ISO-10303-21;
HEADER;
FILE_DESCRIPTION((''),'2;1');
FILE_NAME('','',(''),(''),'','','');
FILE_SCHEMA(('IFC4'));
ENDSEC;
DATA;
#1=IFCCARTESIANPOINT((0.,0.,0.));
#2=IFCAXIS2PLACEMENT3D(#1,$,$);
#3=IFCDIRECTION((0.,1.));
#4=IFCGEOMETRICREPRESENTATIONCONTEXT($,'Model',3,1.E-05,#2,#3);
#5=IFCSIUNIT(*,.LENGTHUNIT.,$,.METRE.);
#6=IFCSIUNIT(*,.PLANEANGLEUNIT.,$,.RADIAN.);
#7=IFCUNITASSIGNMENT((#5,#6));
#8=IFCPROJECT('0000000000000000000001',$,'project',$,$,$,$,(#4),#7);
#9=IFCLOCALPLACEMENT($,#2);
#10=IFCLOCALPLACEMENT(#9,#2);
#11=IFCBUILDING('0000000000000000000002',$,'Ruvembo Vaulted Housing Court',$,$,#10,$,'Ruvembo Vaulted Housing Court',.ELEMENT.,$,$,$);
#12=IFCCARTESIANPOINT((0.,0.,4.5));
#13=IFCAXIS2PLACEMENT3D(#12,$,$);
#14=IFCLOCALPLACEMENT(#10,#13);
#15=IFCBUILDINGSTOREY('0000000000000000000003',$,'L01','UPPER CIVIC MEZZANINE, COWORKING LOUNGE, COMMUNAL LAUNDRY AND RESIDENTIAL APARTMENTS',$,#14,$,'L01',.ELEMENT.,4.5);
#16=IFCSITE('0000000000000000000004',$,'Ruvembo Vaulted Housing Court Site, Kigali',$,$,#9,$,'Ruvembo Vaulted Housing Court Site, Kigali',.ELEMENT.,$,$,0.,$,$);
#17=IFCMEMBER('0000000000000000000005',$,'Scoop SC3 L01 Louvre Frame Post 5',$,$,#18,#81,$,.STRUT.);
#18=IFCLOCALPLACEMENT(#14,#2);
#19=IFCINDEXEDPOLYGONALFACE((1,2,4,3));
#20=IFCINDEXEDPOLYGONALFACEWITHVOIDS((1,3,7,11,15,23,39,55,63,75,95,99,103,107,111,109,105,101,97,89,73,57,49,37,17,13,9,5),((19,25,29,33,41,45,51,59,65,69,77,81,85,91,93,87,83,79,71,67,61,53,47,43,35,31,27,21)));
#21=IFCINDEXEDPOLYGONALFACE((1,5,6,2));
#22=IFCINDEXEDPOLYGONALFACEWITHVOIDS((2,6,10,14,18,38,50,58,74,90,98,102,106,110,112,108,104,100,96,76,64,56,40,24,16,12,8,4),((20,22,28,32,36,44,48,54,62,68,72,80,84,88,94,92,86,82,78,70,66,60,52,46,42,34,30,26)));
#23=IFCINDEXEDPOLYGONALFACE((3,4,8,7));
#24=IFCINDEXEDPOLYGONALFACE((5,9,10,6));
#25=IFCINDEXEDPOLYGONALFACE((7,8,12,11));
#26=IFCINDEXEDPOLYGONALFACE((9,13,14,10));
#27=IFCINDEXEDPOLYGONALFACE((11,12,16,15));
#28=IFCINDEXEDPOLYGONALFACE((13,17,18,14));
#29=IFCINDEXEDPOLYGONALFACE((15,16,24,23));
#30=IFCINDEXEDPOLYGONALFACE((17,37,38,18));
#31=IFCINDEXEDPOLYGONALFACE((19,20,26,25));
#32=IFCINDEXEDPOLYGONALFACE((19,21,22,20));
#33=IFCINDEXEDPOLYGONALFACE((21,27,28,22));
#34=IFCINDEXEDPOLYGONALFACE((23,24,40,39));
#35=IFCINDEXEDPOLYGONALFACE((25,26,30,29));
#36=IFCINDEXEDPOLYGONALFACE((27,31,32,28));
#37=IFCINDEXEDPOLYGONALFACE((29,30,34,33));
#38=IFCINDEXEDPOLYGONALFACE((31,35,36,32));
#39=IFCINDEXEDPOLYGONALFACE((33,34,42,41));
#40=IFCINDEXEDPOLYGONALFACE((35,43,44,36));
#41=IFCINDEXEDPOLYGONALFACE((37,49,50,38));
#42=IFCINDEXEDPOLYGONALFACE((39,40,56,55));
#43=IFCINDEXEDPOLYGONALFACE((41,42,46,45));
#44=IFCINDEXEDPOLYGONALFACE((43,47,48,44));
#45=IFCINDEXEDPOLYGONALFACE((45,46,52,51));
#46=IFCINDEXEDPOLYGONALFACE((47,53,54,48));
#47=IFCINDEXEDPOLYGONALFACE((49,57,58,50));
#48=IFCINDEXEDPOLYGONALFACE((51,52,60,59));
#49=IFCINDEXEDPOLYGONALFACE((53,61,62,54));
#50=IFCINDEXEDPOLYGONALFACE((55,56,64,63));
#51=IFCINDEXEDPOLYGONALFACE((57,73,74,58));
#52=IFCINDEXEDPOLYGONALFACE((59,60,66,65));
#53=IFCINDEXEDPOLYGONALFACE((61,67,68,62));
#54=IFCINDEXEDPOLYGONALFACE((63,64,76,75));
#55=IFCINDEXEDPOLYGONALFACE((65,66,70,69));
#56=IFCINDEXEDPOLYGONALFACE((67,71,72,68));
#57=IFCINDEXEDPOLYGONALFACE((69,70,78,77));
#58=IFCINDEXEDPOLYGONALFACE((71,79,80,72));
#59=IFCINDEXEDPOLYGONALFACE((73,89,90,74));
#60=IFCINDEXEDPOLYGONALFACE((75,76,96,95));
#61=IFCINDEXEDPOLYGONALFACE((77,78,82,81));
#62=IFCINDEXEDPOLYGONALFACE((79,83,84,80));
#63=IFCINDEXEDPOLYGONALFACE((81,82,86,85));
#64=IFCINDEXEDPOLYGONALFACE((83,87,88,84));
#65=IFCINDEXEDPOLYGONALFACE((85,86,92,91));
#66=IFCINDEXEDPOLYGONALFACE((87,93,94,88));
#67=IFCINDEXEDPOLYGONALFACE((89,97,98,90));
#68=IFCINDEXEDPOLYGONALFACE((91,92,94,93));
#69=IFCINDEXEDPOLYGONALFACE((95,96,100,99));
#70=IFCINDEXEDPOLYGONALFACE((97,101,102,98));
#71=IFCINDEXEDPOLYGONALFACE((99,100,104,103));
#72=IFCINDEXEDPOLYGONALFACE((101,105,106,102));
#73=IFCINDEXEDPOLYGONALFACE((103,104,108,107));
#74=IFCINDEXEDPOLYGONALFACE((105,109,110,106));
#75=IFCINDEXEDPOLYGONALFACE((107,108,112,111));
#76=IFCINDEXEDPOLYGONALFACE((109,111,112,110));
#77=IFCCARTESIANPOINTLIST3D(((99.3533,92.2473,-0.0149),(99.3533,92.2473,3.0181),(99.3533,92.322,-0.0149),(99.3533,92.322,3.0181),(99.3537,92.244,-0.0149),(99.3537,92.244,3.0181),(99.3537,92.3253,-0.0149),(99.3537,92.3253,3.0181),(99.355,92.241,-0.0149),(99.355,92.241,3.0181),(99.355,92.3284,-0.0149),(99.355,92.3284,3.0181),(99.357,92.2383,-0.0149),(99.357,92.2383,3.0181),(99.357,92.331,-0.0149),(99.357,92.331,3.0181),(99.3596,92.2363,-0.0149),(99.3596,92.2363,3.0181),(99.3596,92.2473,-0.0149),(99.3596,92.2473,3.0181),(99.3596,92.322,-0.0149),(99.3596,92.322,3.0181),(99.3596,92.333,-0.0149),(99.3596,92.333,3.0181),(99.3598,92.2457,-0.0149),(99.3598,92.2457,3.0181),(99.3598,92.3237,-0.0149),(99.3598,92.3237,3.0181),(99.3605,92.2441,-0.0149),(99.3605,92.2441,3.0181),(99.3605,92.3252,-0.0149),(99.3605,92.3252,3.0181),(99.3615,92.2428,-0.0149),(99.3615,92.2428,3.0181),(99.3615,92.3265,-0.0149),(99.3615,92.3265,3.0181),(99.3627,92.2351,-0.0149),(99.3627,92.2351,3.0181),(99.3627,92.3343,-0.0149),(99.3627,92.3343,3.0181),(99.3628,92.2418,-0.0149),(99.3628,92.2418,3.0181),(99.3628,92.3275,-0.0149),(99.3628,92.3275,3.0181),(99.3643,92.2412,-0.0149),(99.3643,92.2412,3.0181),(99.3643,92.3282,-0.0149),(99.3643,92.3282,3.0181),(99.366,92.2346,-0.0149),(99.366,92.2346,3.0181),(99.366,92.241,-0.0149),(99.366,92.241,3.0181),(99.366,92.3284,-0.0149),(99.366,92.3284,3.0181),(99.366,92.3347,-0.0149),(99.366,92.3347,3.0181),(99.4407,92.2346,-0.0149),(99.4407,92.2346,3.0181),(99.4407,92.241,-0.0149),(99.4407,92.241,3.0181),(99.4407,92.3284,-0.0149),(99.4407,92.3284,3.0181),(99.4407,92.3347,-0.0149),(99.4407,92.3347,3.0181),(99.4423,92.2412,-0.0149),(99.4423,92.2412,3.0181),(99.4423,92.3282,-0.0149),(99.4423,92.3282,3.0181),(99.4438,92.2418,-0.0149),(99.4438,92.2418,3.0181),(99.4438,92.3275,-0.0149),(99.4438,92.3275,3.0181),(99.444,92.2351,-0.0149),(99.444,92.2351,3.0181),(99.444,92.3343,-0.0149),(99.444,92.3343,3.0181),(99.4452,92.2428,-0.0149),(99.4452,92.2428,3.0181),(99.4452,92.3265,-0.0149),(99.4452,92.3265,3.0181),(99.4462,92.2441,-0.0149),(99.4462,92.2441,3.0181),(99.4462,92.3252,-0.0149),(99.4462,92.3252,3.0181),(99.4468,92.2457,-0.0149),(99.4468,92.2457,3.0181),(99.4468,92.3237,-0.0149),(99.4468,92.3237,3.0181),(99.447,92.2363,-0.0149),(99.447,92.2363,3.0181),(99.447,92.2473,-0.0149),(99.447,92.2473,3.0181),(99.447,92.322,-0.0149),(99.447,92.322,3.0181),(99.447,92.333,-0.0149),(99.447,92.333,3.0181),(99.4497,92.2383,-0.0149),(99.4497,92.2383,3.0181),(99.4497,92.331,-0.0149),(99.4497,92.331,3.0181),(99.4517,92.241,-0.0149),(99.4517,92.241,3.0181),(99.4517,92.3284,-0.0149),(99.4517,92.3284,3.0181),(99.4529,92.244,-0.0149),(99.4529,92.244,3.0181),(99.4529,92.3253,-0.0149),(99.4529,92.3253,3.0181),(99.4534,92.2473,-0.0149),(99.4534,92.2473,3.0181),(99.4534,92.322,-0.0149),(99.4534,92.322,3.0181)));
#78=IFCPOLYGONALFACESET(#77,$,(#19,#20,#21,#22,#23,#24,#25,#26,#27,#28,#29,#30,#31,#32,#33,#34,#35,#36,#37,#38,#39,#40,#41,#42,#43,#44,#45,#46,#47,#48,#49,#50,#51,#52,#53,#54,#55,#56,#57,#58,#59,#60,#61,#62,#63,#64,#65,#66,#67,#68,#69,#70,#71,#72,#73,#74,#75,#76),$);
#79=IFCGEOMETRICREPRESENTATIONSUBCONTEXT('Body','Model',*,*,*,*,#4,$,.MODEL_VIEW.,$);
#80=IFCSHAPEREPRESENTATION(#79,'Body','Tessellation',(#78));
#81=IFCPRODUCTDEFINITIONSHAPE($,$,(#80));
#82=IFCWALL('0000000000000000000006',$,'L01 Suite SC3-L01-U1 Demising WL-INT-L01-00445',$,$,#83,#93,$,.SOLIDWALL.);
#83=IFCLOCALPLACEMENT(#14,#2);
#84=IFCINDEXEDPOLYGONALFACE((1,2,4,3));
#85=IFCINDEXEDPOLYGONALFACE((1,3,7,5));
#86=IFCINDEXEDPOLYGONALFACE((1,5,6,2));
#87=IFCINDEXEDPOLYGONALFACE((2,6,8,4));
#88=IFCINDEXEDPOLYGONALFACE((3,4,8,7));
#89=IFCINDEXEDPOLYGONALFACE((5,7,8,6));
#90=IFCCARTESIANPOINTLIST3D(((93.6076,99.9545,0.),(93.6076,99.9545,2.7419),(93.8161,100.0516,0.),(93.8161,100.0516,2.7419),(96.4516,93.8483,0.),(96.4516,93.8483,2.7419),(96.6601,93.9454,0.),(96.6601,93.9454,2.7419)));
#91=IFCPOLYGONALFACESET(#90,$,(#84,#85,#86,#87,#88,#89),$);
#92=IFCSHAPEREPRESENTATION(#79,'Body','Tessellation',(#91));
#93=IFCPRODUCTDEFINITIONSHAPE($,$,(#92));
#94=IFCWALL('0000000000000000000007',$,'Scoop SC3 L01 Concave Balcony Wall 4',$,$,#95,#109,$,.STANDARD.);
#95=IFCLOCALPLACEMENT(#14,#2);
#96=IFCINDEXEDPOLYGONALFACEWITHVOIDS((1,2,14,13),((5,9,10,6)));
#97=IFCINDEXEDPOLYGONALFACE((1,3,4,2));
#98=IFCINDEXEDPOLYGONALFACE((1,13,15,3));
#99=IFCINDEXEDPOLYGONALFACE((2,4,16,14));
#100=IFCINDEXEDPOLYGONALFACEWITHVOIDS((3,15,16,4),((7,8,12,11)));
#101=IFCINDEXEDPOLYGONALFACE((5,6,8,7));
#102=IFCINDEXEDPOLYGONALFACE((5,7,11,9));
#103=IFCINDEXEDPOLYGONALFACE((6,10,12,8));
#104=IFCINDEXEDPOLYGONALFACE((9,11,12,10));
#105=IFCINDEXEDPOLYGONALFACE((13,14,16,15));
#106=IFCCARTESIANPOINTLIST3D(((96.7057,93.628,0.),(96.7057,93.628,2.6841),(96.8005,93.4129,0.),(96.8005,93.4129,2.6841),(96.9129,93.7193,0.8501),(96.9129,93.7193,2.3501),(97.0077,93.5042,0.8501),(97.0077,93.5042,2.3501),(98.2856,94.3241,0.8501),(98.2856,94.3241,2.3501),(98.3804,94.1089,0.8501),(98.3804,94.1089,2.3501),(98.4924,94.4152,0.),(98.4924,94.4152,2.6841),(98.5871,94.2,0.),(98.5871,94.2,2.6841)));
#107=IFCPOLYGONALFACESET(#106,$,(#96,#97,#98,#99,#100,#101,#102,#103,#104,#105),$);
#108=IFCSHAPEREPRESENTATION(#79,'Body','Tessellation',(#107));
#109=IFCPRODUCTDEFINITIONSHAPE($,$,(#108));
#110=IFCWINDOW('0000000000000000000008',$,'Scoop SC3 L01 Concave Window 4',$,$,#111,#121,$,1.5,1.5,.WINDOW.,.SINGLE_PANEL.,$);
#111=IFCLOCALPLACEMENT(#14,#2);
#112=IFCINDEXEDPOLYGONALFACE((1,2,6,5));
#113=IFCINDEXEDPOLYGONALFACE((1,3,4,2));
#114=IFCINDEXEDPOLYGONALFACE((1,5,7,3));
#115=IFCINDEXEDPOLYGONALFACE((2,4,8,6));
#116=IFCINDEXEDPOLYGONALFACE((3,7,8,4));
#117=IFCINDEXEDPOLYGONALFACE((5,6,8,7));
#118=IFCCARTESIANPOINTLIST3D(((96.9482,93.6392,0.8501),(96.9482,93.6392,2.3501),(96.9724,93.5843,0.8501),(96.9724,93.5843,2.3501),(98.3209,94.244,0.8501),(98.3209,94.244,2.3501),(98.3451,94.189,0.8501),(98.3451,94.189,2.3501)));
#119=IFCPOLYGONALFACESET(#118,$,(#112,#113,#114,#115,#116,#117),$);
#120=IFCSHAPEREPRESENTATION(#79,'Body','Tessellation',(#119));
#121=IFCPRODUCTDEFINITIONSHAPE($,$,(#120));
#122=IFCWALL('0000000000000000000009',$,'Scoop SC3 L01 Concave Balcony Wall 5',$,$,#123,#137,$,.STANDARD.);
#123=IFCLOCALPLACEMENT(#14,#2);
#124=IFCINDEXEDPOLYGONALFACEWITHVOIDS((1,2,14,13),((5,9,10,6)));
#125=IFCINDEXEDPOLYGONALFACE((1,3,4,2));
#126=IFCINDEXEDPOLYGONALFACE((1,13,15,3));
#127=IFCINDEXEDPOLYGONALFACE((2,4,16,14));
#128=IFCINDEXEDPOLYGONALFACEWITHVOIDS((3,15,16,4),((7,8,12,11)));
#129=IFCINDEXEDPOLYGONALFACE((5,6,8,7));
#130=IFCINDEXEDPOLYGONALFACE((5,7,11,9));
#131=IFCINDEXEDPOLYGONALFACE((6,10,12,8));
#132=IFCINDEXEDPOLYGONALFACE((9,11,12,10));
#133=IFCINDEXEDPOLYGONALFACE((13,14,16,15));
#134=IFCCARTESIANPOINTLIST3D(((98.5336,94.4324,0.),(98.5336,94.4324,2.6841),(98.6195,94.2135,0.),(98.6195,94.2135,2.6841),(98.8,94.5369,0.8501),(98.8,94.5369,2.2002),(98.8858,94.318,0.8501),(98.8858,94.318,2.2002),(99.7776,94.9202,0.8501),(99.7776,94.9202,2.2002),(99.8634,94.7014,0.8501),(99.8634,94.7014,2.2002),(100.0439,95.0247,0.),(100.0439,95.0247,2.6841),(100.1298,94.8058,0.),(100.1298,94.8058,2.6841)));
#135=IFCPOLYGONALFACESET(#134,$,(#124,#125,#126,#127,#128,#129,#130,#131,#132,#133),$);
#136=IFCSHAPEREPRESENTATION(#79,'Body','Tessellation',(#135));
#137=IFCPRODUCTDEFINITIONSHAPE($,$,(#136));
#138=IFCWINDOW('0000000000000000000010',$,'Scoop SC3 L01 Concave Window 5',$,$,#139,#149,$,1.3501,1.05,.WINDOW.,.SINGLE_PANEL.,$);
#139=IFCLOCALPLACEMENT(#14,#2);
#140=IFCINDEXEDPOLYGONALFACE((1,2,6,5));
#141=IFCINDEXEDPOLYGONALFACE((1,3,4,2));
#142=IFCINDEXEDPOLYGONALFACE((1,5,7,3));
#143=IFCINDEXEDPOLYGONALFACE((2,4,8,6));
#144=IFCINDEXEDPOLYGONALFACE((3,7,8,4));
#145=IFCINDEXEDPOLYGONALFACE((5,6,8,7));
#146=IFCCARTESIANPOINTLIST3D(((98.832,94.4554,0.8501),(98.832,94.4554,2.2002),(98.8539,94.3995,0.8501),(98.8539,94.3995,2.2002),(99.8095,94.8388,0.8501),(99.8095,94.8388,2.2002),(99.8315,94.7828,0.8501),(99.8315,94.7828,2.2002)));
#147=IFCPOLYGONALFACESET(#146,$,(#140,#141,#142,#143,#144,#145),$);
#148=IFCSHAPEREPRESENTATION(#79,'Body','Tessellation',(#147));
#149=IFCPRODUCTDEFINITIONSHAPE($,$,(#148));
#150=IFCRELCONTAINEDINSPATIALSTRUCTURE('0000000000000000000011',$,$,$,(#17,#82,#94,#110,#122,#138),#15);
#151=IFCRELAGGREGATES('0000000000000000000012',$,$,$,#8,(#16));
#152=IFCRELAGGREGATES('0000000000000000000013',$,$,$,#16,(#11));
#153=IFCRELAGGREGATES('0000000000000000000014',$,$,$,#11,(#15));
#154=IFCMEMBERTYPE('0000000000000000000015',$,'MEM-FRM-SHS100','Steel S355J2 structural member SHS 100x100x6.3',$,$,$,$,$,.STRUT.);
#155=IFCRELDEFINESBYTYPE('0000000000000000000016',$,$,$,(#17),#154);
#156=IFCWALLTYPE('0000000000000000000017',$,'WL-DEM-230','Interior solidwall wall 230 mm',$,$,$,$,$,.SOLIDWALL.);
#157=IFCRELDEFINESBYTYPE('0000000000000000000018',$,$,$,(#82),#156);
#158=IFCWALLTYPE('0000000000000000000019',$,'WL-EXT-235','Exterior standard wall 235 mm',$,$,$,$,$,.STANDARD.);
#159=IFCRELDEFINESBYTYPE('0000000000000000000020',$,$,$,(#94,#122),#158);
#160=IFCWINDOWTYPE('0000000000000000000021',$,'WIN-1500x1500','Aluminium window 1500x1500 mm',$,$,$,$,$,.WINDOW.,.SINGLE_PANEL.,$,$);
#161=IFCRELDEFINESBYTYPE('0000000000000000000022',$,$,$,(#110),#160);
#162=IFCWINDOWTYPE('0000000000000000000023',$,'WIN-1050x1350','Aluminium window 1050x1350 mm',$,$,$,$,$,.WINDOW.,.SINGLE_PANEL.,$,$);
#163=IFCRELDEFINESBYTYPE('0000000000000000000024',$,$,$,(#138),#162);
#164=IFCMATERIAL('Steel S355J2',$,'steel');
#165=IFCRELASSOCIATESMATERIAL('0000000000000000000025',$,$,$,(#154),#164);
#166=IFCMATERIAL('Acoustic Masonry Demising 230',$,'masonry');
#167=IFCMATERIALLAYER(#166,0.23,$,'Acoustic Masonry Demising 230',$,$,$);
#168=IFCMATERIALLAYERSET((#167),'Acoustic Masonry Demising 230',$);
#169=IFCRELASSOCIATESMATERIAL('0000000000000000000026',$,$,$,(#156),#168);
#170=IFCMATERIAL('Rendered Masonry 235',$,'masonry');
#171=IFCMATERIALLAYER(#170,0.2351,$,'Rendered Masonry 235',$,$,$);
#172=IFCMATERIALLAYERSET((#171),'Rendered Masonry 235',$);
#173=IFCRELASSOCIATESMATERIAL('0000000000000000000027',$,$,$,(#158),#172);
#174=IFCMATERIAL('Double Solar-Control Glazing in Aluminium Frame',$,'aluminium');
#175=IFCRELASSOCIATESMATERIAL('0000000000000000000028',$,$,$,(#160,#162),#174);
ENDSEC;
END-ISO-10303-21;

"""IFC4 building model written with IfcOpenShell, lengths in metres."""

from ifc_helpers import new_model, si_unit, direction, frame, frame_2d, origin, origin_2d, place, context, subcontext, project, spatial, rectangle, hollow_rectangle, extrude, material, layer, layer_set, material_profile, profile_set, type_object, element, fill, save


model = new_model("IFC4")

# Units and contexts
model_context = context("Model", 3, precision=1e-05, world=origin(), true_north=direction((0.0, 1.0)))
body_context = subcontext(model_context, "Body", "Model", "MODEL_VIEW")
ifc_project = project(units=[si_unit("LENGTHUNIT", "METRE"), si_unit("PLANEANGLEUNIT", "RADIAN")], contexts=[model_context])

# Site, building, storey
site_placement = place(None, origin())
site = spatial("IfcSite", under=ifc_project, at=site_placement, Name="Ruvembo Vaulted Housing Court Site, Kigali", LongName="Ruvembo Vaulted Housing Court Site, Kigali", CompositionType="ELEMENT", RefElevation=0.0)
building_placement = place(site_placement, origin())
building = spatial("IfcBuilding", under=site, at=building_placement, Name="Ruvembo Vaulted Housing Court", LongName="Ruvembo Vaulted Housing Court", CompositionType="ELEMENT")
storey_placement = place(building_placement, frame((0.0, 0.0, 4.5)))
storey = spatial("IfcBuildingStorey", under=building, at=storey_placement, Name="L01", Description="UPPER CIVIC MEZZANINE, COWORKING LOUNGE, COMMUNAL LAUNDRY AND RESIDENTIAL APARTMENTS", LongName="L01", CompositionType="ELEMENT", Elevation=4.5)

# Shared definitions
ifc_material_1 = material(Name="Steel S355J2", Category="steel")

# Member
ifc_material_profile_1 = material_profile(ifc_material_1, hollow_rectangle(XDim=0.1001, YDim=0.1001, WallThickness=0.0063, InnerFilletRadius=0.0063, OuterFilletRadius=0.0127, at=origin_2d()), Name="SHS 100x100x6.3")
ifc_profile_set_1 = profile_set([ifc_material_profile_1], Name="Steel S355J2")
member_type_1 = type_object("IfcMemberType", Name="MEM-FRM-SHS100", Description="Steel S355J2 structural member SHS 100x100x6.3", PredefinedType="STRUT", material=ifc_profile_set_1)
for number, where, z_axis, x_axis, name in (
    (1, (99.4033, 92.2847, -0.0149), (0.0, 0.0, 1.0), (1.0, 0.0, 0.0), "Scoop SC3 L01 Louvre Frame Post 5"),
):
    element("IfcMember", number, at=place(storey_placement, frame(where, z_axis=z_axis, x_axis=x_axis)), inside=storey, type_object=member_type_1, Name=name, PredefinedType="STRUT", context=body_context, shape_type="SweptSolid", body=[
        extrude(hollow_rectangle(XDim=0.1001, YDim=0.1001, WallThickness=0.0063, InnerFilletRadius=0.0063, OuterFilletRadius=0.0127, at=origin_2d()), origin(), (0.0, 0.0, 1.0), 3.033),
    ])

# Wall
ifc_material_2 = material(Name="Acoustic Masonry Demising 230", Category="masonry")
ifc_layer_1 = layer(ifc_material_2, 0.23, Name="Acoustic Masonry Demising 230")
ifc_layer_set_1 = layer_set([ifc_layer_1], Name="Acoustic Masonry Demising 230")
wall_type_1 = type_object("IfcWallType", Name="WL-DEM-230", Description="Interior solidwall wall 230 mm", PredefinedType="SOLIDWALL", material=ifc_layer_set_1)
wall_1_placement = place(storey_placement, frame((96.5559, 93.8967, 0.0), z_axis=(0.0, 0.0, 1.0), x_axis=(-0.422207, 0.9065, 0.0)))
element("IfcWall", 2, at=wall_1_placement, inside=storey, type_object=wall_type_1, Name="L01 Suite SC3-L01-U1 Demising WL-INT-L01-00445", PredefinedType="SOLIDWALL", context=body_context, shape_type="SweptSolid", body=[
    extrude(rectangle(XDim=6.7361, YDim=0.23, at=frame_2d((3.3682, 0.0))), origin(), (0.0, 0.0, 1.0), 2.7419),
])

# Walls, openings, windows
ifc_material_3 = material(Name="Rendered Masonry 235", Category="masonry")
ifc_layer_2 = layer(ifc_material_3, 0.2351, Name="Rendered Masonry 235")
ifc_layer_set_2 = layer_set([ifc_layer_2], Name="Rendered Masonry 235")
wall_type_2 = type_object("IfcWallType", Name="WL-EXT-235", Description="Exterior standard wall 235 mm", PredefinedType="STANDARD", material=ifc_layer_set_2)
wall_2_placement = place(storey_placement, frame((96.7532, 93.5205, 0.0), z_axis=(0.0, 0.0, 1.0), x_axis=(0.915127, 0.403166, 0.0)))
wall_2 = element("IfcWall", 3, at=wall_2_placement, inside=storey, type_object=wall_type_2, Name="Scoop SC3 L01 Concave Balcony Wall 4", PredefinedType="STANDARD", context=body_context, shape_type="SweptSolid", body=[
    extrude(rectangle(XDim=1.9524, YDim=0.2351, at=frame_2d((0.9761, 0.0))), origin(), (0.0, 0.0, 1.0), 2.6841),
])
opening_1_placement = place(wall_2_placement, frame((0.2263, 0.0, 0.8501)))
opening_1 = element("IfcOpeningElement", 4, at=opening_1_placement, cuts=wall_2, PredefinedType="OPENING", context=body_context, shape_type="SweptSolid", body=[
    extrude(rectangle(XDim=1.5, YDim=1.5, at=frame_2d((0.75, 0.75))), frame((0.0, 0.1274, 0.0), z_axis=(0.0, -1.0, 0.0), x_axis=(1.0, 0.0, 0.0)), (0.0, 0.0, 1.0), 0.2551),
])
ifc_material_4 = material(Name="Double Solar-Control Glazing in Aluminium Frame", Category="aluminium")
window_type_1 = type_object("IfcWindowType", Name="WIN-1500x1500", Description="Aluminium window 1500x1500 mm", PartitioningType="SINGLE_PANEL", PredefinedType="WINDOW", material=ifc_material_4)
window_1_placement = place(opening_1_placement, origin())
window_1 = element("IfcWindow", 5, at=window_1_placement, inside=storey, type_object=window_type_1, Name="Scoop SC3 L01 Concave Window 4", OverallHeight=1.5, OverallWidth=1.5, PartitioningType="SINGLE_PANEL", PredefinedType="WINDOW", context=body_context, shape_type="SweptSolid", body=[
    extrude(rectangle(XDim=1.5, YDim=1.5, at=frame_2d((0.75, 0.75))), frame((0.0, 0.03, 0.0), z_axis=(0.0, -1.0, 0.0), x_axis=(1.0, 0.0, 0.0)), (0.0, 0.0, 1.0), 0.0601),
])
fill(opening_1, window_1)
wall_3_placement = place(storey_placement, frame((98.5767, 94.323, 0.0), z_axis=(0.0, 0.0, 1.0), x_axis=(0.930967, 0.365103, 0.0)))
wall_3 = element("IfcWall", 6, at=wall_3_placement, inside=storey, type_object=wall_type_2, Name="Scoop SC3 L01 Concave Balcony Wall 5", PredefinedType="STANDARD", context=body_context, shape_type="SweptSolid", body=[
    extrude(rectangle(XDim=1.6223, YDim=0.2351, at=frame_2d((0.811, 0.0))), origin(), (0.0, 0.0, 1.0), 2.6841),
])
opening_2_placement = place(wall_3_placement, frame((0.2861, 0.0, 0.8501)))
opening_2 = element("IfcOpeningElement", 7, at=opening_2_placement, cuts=wall_3, PredefinedType="OPENING", context=body_context, shape_type="SweptSolid", body=[
    extrude(rectangle(XDim=1.05, YDim=1.3501, at=frame_2d((0.5249, 0.675))), frame((0.0, 0.1274, 0.0), z_axis=(0.0, -1.0, 0.0), x_axis=(1.0, 0.0, 0.0)), (0.0, 0.0, 1.0), 0.2551),
])
window_type_2 = type_object("IfcWindowType", Name="WIN-1050x1350", Description="Aluminium window 1050x1350 mm", PartitioningType="SINGLE_PANEL", PredefinedType="WINDOW", material=ifc_material_4)
window_2_placement = place(opening_2_placement, origin())
window_2 = element("IfcWindow", 8, at=window_2_placement, inside=storey, type_object=window_type_2, Name="Scoop SC3 L01 Concave Window 5", OverallHeight=1.3501, OverallWidth=1.05, PartitioningType="SINGLE_PANEL", PredefinedType="WINDOW", context=body_context, shape_type="SweptSolid", body=[
    extrude(rectangle(XDim=1.05, YDim=1.3501, at=frame_2d((0.5249, 0.675))), frame((0.0, 0.03, 0.0), z_axis=(0.0, -1.0, 0.0), x_axis=(1.0, 0.0, 0.0)), (0.0, 0.0, 1.0), 0.0601),
])
fill(opening_2, window_2)

save(model, "model.ifc")
